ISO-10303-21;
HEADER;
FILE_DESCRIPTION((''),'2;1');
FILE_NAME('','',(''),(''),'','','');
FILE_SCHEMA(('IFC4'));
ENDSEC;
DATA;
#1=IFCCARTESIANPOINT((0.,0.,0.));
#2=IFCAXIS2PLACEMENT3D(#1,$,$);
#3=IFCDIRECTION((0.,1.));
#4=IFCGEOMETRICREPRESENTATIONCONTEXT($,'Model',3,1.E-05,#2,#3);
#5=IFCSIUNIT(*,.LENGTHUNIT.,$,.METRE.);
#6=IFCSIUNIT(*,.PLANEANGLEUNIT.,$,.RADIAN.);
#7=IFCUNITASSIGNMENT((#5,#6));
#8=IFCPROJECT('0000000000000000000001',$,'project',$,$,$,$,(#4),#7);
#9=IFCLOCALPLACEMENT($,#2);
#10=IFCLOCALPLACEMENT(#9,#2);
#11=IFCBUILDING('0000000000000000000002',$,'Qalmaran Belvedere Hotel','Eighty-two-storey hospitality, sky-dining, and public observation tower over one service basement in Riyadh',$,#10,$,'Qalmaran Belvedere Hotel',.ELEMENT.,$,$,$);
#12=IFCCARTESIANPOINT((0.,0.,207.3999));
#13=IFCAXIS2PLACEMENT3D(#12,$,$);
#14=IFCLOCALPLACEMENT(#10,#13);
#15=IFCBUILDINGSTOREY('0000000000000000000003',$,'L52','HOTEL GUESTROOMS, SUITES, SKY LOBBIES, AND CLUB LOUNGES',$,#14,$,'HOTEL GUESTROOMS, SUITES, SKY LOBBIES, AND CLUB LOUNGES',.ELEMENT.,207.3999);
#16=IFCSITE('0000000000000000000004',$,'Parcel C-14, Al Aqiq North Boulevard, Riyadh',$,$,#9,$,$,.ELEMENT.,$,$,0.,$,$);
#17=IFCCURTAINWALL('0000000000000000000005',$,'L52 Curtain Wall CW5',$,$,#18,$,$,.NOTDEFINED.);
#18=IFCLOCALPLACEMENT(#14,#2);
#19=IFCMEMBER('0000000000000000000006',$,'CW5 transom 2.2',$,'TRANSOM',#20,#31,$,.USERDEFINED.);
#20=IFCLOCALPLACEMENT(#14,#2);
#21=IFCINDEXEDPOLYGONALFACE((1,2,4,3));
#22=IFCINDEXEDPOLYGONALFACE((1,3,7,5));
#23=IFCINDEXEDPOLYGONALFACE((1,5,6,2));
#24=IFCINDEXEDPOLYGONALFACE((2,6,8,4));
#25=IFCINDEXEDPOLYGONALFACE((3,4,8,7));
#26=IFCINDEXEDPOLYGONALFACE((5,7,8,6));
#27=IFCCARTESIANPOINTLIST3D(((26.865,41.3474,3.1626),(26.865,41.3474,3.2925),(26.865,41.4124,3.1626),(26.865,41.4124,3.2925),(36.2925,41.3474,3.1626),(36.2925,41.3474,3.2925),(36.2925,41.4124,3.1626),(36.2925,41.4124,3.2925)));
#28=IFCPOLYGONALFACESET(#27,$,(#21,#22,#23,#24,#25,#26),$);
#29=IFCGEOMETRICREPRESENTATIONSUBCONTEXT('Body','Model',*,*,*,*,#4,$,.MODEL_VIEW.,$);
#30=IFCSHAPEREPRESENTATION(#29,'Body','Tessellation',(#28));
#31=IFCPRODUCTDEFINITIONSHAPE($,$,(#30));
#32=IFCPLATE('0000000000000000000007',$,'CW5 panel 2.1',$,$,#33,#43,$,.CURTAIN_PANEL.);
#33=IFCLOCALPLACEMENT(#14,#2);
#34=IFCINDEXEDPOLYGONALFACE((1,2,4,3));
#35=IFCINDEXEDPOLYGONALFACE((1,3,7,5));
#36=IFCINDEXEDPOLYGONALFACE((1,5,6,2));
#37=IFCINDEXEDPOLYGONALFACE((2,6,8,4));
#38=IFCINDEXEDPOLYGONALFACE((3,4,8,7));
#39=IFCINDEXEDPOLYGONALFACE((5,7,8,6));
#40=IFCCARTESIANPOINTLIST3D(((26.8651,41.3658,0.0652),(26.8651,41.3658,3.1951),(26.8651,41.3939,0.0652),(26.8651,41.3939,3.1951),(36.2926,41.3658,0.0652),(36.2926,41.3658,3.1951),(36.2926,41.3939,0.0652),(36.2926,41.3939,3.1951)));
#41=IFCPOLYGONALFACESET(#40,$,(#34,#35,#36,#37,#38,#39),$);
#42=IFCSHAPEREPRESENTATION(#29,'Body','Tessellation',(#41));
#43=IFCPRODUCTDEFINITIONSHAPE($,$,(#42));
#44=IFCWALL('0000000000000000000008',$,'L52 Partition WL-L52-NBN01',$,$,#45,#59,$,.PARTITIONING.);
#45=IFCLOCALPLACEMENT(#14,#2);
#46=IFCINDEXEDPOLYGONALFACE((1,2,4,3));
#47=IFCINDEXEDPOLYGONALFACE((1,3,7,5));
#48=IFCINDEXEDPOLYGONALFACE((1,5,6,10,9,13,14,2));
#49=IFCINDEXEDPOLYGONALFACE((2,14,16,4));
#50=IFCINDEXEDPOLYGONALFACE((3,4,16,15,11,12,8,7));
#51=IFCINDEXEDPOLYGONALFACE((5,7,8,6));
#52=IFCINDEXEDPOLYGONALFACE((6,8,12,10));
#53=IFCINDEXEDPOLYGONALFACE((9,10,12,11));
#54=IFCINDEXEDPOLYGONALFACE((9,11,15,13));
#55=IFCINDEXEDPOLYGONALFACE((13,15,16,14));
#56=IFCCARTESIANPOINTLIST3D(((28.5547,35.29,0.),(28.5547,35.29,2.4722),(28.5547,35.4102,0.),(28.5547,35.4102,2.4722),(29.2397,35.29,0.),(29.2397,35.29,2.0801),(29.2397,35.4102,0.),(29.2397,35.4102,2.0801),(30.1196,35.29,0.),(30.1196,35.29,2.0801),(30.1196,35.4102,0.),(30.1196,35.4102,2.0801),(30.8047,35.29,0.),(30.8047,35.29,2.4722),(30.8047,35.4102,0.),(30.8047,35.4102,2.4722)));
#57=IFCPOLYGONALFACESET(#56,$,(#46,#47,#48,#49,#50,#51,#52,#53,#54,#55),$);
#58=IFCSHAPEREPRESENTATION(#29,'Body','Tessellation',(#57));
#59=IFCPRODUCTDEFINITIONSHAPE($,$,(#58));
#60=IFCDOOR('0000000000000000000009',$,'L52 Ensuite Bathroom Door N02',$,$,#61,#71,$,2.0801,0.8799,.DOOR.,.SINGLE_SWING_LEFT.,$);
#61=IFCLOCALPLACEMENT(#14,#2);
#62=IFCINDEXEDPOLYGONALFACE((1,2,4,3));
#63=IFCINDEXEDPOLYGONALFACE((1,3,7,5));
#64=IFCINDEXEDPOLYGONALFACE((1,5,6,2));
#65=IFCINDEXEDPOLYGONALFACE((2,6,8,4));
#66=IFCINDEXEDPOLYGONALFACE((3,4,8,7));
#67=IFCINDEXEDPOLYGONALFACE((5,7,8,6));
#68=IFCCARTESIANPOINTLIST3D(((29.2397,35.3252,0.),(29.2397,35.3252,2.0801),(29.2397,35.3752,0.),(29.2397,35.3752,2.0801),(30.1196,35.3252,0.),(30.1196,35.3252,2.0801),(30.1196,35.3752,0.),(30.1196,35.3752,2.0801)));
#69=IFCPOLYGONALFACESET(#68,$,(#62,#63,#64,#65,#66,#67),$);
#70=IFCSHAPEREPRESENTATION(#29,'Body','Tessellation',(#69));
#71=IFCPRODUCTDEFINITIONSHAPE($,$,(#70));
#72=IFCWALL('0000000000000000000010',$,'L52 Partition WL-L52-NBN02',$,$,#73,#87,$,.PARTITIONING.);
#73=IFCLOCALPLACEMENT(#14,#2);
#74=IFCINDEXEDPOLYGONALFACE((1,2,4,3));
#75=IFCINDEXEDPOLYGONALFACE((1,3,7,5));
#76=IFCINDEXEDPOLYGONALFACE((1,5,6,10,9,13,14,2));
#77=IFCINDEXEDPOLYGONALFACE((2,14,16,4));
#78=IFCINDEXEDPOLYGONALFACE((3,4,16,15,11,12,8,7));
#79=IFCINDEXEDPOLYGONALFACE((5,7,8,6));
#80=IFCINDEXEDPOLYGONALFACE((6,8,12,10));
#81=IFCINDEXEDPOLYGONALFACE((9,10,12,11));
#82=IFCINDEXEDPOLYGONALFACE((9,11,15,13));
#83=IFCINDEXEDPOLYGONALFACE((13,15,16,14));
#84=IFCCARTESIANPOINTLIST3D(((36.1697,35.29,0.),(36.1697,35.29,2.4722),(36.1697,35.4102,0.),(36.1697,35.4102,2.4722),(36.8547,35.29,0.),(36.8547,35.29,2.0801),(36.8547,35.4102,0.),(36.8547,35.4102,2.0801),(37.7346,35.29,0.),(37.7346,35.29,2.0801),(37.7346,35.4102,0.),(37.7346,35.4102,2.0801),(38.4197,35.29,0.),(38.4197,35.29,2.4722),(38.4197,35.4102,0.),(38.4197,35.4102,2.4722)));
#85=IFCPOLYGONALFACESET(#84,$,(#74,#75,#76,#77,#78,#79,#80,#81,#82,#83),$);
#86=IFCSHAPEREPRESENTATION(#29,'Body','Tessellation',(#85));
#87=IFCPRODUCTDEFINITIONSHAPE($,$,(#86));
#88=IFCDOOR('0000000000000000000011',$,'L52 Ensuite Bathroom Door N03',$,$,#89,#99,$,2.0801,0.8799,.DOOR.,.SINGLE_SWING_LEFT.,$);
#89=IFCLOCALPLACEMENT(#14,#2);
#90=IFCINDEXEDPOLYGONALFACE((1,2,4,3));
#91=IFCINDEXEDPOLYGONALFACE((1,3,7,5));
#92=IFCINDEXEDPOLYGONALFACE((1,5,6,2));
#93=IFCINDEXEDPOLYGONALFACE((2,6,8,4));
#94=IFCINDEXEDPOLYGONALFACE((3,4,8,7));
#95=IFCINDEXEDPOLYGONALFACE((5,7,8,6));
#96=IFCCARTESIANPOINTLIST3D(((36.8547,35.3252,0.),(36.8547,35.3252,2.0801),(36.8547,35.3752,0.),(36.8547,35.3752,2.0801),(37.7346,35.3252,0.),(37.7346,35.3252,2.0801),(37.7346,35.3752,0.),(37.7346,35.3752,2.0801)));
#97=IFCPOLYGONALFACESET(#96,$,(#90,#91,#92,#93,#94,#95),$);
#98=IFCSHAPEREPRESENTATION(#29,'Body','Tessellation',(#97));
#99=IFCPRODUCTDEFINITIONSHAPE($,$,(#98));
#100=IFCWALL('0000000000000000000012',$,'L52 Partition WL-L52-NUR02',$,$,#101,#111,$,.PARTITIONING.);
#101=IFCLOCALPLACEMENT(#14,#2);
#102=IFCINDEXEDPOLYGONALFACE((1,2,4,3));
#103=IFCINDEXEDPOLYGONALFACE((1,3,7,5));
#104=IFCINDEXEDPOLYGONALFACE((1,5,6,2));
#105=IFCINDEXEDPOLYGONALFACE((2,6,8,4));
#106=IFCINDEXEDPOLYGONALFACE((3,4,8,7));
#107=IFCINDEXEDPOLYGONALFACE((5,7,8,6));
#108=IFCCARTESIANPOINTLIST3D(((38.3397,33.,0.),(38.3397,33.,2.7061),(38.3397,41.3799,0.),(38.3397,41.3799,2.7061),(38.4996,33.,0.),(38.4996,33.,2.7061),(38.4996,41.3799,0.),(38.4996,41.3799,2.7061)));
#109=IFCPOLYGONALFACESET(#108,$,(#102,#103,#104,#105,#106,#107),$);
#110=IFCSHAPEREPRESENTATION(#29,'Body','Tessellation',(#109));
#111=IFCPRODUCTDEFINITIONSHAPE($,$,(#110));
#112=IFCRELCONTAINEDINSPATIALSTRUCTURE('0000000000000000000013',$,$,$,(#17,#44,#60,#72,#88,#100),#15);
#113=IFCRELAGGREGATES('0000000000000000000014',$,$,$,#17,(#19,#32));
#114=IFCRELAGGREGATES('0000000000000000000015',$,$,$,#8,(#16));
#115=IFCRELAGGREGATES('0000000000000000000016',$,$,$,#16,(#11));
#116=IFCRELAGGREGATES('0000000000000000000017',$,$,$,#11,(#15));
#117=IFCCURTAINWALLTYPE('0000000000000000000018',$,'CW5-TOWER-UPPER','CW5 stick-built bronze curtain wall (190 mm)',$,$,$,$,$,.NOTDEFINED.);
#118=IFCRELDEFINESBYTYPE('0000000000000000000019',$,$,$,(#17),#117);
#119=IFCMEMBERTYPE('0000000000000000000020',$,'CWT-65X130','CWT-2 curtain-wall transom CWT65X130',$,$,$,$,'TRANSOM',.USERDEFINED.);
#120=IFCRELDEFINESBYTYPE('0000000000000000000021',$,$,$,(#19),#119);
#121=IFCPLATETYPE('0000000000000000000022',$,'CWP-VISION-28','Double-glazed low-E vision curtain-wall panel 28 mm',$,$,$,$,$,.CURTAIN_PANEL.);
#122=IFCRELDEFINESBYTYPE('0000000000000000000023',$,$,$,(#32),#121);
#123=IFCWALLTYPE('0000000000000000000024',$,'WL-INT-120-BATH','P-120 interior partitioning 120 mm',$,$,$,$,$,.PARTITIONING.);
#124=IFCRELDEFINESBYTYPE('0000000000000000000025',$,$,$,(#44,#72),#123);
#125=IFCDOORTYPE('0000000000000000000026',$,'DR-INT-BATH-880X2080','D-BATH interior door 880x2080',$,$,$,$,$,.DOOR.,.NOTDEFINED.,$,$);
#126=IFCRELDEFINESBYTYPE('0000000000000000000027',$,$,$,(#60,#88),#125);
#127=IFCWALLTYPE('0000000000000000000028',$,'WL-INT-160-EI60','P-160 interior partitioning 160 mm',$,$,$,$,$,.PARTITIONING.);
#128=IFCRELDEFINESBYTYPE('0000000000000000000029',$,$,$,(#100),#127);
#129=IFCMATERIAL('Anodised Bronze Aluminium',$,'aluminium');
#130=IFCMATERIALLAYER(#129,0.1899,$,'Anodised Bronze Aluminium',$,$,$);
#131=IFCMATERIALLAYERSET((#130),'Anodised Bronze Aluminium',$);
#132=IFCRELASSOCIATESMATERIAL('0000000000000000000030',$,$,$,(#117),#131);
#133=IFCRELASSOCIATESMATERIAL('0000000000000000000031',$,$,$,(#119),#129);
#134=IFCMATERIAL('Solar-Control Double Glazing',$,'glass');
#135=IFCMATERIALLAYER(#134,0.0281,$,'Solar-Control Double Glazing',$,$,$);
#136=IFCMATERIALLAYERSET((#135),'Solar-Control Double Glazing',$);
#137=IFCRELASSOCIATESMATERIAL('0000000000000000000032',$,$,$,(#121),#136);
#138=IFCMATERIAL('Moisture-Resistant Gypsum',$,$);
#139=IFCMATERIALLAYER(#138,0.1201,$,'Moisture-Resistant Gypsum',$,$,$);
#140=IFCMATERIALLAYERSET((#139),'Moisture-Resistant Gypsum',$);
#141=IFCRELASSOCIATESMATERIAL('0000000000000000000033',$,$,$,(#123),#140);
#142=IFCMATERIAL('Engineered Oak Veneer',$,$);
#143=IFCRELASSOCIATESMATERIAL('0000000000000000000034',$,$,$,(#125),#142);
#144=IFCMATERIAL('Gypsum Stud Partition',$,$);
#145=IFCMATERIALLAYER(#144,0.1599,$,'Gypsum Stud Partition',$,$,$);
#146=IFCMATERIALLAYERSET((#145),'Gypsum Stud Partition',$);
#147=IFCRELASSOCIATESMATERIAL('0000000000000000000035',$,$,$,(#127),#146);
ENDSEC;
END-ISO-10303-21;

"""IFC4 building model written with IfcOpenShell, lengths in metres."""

from ifc_helpers import new_model, si_unit, direction, frame, frame_2d, origin, origin_2d, place, context, subcontext, project, spatial, rectangle, extrude, material, layer, layer_set, material_profile, profile_set, type_object, element, fill, aggregate, save


model = new_model("IFC4")

# Units and contexts
model_context = context("Model", 3, precision=1e-05, world=origin(), true_north=direction((0.0, 1.0)))
body_context = subcontext(model_context, "Body", "Model", "MODEL_VIEW")
ifc_project = project(units=[si_unit("LENGTHUNIT", "METRE"), si_unit("PLANEANGLEUNIT", "RADIAN")], contexts=[model_context])

# Site, building, storey
site_placement = place(None, origin())
site = spatial("IfcSite", under=ifc_project, at=site_placement, Name="Parcel C-14, Al Aqiq North Boulevard, Riyadh", CompositionType="ELEMENT", RefElevation=0.0)
building_placement = place(site_placement, origin())
building = spatial("IfcBuilding", under=site, at=building_placement, Name="Qalmaran Belvedere Hotel", Description="Eighty-two-storey hospitality, sky-dining, and public observation tower over one service basement in Riyadh", LongName="Qalmaran Belvedere Hotel", CompositionType="ELEMENT")
storey_placement = place(building_placement, frame((0.0, 0.0, 207.3999)))
storey = spatial("IfcBuildingStorey", under=building, at=storey_placement, Name="L52", Description="HOTEL GUESTROOMS, SUITES, SKY LOBBIES, AND CLUB LOUNGES", LongName="HOTEL GUESTROOMS, SUITES, SKY LOBBIES, AND CLUB LOUNGES", CompositionType="ELEMENT", Elevation=207.3999)

# Curtain wall, member, plate
ifc_material_1 = material(Name="Anodised Bronze Aluminium", Category="aluminium")
ifc_layer_1 = layer(ifc_material_1, 0.1899, Name="Anodised Bronze Aluminium")
ifc_layer_set_1 = layer_set([ifc_layer_1], Name="Anodised Bronze Aluminium")
curtain_wall_type = type_object("IfcCurtainWallType", Name="CW5-TOWER-UPPER", Description="CW5 stick-built bronze curtain wall (190 mm)", PredefinedType="NOTDEFINED", material=ifc_layer_set_1)
curtain_wall_placement = place(storey_placement, origin())
curtain_wall = element("IfcCurtainWall", 1, at=curtain_wall_placement, inside=storey, type_object=curtain_wall_type, Name="L52 Curtain Wall CW5", PredefinedType="NOTDEFINED")
ifc_material_profile_1 = material_profile(ifc_material_1, rectangle(XDim=0.0649, YDim=0.1299, at=origin_2d()), Name="CWT65X130")
ifc_profile_set_1 = profile_set([ifc_material_profile_1], Name="Anodised Bronze Aluminium")
member_type_1 = type_object("IfcMemberType", Name="CWT-65X130", Description="CWT-2 curtain-wall transom CWT65X130", ElementType="TRANSOM", PredefinedType="USERDEFINED", material=ifc_profile_set_1)
member_1_placement = place(storey_placement, frame((36.2925, 41.3799, 3.2275), z_axis=(-1.0, 0.0, 0.0), x_axis=(0.0, -1.0, 0.0)))
member_1 = element("IfcMember", 2, at=member_1_placement, type_object=member_type_1, Name="CW5 transom 2.2", ObjectType="TRANSOM", PredefinedType="USERDEFINED", context=body_context, shape_type="SweptSolid", body=[
    extrude(rectangle(XDim=0.0649, YDim=0.1299, at=origin_2d()), origin(), (0.0, 0.0, 1.0), 9.4275),
])
ifc_material_2 = material(Name="Solar-Control Double Glazing", Category="glass")
ifc_layer_2 = layer(ifc_material_2, 0.0281, Name="Solar-Control Double Glazing")
ifc_layer_set_2 = layer_set([ifc_layer_2], Name="Solar-Control Double Glazing")
plate_type = type_object("IfcPlateType", Name="CWP-VISION-28", Description="Double-glazed low-E vision curtain-wall panel 28 mm", PredefinedType="CURTAIN_PANEL", material=ifc_layer_set_2)
plate_placement = place(storey_placement, frame((31.5789, 41.3799, 0.0652), z_axis=(0.0, 0.0, 1.0), x_axis=(-1.0, 0.0, 0.0)))
plate = element("IfcPlate", 3, at=plate_placement, type_object=plate_type, Name="CW5 panel 2.1", PredefinedType="CURTAIN_PANEL", context=body_context, shape_type="SweptSolid", body=[
    extrude(rectangle(XDim=9.4275, YDim=0.0281, at=origin_2d()), origin(), (0.0, 0.0, 1.0), 3.1299),
])
aggregate(curtain_wall, [member_1, plate])

# Walls, openings, doors
ifc_material_3 = material(Name="Moisture-Resistant Gypsum")
ifc_layer_3 = layer(ifc_material_3, 0.1201, Name="Moisture-Resistant Gypsum")
ifc_layer_set_3 = layer_set([ifc_layer_3], Name="Moisture-Resistant Gypsum")
wall_type_1 = type_object("IfcWallType", Name="WL-INT-120-BATH", Description="P-120 interior partitioning 120 mm", PredefinedType="PARTITIONING", material=ifc_layer_set_3)
wall_1_placement = place(storey_placement, frame((28.5547, 35.3501, 0.0), z_axis=(0.0, 0.0, 1.0), x_axis=(1.0, 0.0, 0.0)))
wall_1 = element("IfcWall", 4, at=wall_1_placement, inside=storey, type_object=wall_type_1, Name="L52 Partition WL-L52-NBN01", PredefinedType="PARTITIONING", context=body_context, shape_type="SweptSolid", body=[
    extrude(rectangle(XDim=2.25, YDim=0.1201, at=frame_2d((1.125, 0.0))), origin(), (0.0, 0.0, 1.0), 2.4722),
])
opening_1_placement = place(wall_1_placement, frame((1.5649, 0.0, 0.0), z_axis=(0.0, 0.0, 1.0), x_axis=(-1.0, 0.0, 0.0)))
opening_1 = element("IfcOpeningElement", 5, at=opening_1_placement, cuts=wall_1, PredefinedType="OPENING", context=body_context, shape_type="SweptSolid", body=[
    extrude(rectangle(XDim=0.8799, YDim=2.0801, at=frame_2d((0.4399, 1.04))), frame((0.0, 0.0701, 0.0), z_axis=(0.0, -1.0, 0.0), x_axis=(1.0, 0.0, 0.0)), (0.0, 0.0, 1.0), 0.1401),
])
ifc_material_4 = material(Name="Engineered Oak Veneer")
door_type_1 = type_object("IfcDoorType", Name="DR-INT-BATH-880X2080", Description="D-BATH interior door 880x2080", OperationType="NOTDEFINED", PredefinedType="DOOR", material=ifc_material_4)
door_1_placement = place(opening_1_placement, origin())
door_1 = element("IfcDoor", 6, at=door_1_placement, inside=storey, type_object=door_type_1, Name="L52 Ensuite Bathroom Door N02", OperationType="SINGLE_SWING_LEFT", OverallHeight=2.0801, OverallWidth=0.8799, PredefinedType="DOOR", context=body_context, shape_type="SweptSolid", body=[
    extrude(rectangle(XDim=0.8799, YDim=2.0801, at=frame_2d((0.4399, 1.04))), frame((0.0, 0.0249, 0.0), z_axis=(0.0, -1.0, 0.0), x_axis=(1.0, 0.0, 0.0)), (0.0, 0.0, 1.0), 0.05),
])
fill(opening_1, door_1)
wall_2_placement = place(storey_placement, frame((36.1697, 35.3501, 0.0), z_axis=(0.0, 0.0, 1.0), x_axis=(1.0, 0.0, 0.0)))
wall_2 = element("IfcWall", 7, at=wall_2_placement, inside=storey, type_object=wall_type_1, Name="L52 Partition WL-L52-NBN02", PredefinedType="PARTITIONING", context=body_context, shape_type="SweptSolid", body=[
    extrude(rectangle(XDim=2.25, YDim=0.1201, at=frame_2d((1.125, 0.0))), origin(), (0.0, 0.0, 1.0), 2.4722),
])
opening_2_placement = place(wall_2_placement, frame((1.5649, 0.0, 0.0), z_axis=(0.0, 0.0, 1.0), x_axis=(-1.0, 0.0, 0.0)))
opening_2 = element("IfcOpeningElement", 8, at=opening_2_placement, cuts=wall_2, PredefinedType="OPENING", context=body_context, shape_type="SweptSolid", body=[
    extrude(rectangle(XDim=0.8799, YDim=2.0801, at=frame_2d((0.4399, 1.04))), frame((0.0, 0.0701, 0.0), z_axis=(0.0, -1.0, 0.0), x_axis=(1.0, 0.0, 0.0)), (0.0, 0.0, 1.0), 0.1401),
])
door_2_placement = place(opening_2_placement, origin())
door_2 = element("IfcDoor", 9, at=door_2_placement, inside=storey, type_object=door_type_1, Name="L52 Ensuite Bathroom Door N03", OperationType="SINGLE_SWING_LEFT", OverallHeight=2.0801, OverallWidth=0.8799, PredefinedType="DOOR", context=body_context, shape_type="SweptSolid", body=[
    extrude(rectangle(XDim=0.8799, YDim=2.0801, at=frame_2d((0.4399, 1.04))), frame((0.0, 0.0249, 0.0), z_axis=(0.0, -1.0, 0.0), x_axis=(1.0, 0.0, 0.0)), (0.0, 0.0, 1.0), 0.05),
])
fill(opening_2, door_2)

# Wall
ifc_material_5 = material(Name="Gypsum Stud Partition")
ifc_layer_4 = layer(ifc_material_5, 0.1599, Name="Gypsum Stud Partition")
ifc_layer_set_4 = layer_set([ifc_layer_4], Name="Gypsum Stud Partition")
wall_type_2 = type_object("IfcWallType", Name="WL-INT-160-EI60", Description="P-160 interior partitioning 160 mm", PredefinedType="PARTITIONING", material=ifc_layer_set_4)
wall_3_placement = place(storey_placement, frame((38.4197, 33.0, 0.0), z_axis=(0.0, 0.0, 1.0), x_axis=(0.0, 1.0, 0.0)))
element("IfcWall", 10, at=wall_3_placement, inside=storey, type_object=wall_type_2, Name="L52 Partition WL-L52-NUR02", PredefinedType="PARTITIONING", context=body_context, shape_type="SweptSolid", body=[
    extrude(rectangle(XDim=8.3799, YDim=0.1599, at=frame_2d((4.1899, 0.0))), origin(), (0.0, 0.0, 1.0), 2.7061),
])

save(model, "model.ifc")
